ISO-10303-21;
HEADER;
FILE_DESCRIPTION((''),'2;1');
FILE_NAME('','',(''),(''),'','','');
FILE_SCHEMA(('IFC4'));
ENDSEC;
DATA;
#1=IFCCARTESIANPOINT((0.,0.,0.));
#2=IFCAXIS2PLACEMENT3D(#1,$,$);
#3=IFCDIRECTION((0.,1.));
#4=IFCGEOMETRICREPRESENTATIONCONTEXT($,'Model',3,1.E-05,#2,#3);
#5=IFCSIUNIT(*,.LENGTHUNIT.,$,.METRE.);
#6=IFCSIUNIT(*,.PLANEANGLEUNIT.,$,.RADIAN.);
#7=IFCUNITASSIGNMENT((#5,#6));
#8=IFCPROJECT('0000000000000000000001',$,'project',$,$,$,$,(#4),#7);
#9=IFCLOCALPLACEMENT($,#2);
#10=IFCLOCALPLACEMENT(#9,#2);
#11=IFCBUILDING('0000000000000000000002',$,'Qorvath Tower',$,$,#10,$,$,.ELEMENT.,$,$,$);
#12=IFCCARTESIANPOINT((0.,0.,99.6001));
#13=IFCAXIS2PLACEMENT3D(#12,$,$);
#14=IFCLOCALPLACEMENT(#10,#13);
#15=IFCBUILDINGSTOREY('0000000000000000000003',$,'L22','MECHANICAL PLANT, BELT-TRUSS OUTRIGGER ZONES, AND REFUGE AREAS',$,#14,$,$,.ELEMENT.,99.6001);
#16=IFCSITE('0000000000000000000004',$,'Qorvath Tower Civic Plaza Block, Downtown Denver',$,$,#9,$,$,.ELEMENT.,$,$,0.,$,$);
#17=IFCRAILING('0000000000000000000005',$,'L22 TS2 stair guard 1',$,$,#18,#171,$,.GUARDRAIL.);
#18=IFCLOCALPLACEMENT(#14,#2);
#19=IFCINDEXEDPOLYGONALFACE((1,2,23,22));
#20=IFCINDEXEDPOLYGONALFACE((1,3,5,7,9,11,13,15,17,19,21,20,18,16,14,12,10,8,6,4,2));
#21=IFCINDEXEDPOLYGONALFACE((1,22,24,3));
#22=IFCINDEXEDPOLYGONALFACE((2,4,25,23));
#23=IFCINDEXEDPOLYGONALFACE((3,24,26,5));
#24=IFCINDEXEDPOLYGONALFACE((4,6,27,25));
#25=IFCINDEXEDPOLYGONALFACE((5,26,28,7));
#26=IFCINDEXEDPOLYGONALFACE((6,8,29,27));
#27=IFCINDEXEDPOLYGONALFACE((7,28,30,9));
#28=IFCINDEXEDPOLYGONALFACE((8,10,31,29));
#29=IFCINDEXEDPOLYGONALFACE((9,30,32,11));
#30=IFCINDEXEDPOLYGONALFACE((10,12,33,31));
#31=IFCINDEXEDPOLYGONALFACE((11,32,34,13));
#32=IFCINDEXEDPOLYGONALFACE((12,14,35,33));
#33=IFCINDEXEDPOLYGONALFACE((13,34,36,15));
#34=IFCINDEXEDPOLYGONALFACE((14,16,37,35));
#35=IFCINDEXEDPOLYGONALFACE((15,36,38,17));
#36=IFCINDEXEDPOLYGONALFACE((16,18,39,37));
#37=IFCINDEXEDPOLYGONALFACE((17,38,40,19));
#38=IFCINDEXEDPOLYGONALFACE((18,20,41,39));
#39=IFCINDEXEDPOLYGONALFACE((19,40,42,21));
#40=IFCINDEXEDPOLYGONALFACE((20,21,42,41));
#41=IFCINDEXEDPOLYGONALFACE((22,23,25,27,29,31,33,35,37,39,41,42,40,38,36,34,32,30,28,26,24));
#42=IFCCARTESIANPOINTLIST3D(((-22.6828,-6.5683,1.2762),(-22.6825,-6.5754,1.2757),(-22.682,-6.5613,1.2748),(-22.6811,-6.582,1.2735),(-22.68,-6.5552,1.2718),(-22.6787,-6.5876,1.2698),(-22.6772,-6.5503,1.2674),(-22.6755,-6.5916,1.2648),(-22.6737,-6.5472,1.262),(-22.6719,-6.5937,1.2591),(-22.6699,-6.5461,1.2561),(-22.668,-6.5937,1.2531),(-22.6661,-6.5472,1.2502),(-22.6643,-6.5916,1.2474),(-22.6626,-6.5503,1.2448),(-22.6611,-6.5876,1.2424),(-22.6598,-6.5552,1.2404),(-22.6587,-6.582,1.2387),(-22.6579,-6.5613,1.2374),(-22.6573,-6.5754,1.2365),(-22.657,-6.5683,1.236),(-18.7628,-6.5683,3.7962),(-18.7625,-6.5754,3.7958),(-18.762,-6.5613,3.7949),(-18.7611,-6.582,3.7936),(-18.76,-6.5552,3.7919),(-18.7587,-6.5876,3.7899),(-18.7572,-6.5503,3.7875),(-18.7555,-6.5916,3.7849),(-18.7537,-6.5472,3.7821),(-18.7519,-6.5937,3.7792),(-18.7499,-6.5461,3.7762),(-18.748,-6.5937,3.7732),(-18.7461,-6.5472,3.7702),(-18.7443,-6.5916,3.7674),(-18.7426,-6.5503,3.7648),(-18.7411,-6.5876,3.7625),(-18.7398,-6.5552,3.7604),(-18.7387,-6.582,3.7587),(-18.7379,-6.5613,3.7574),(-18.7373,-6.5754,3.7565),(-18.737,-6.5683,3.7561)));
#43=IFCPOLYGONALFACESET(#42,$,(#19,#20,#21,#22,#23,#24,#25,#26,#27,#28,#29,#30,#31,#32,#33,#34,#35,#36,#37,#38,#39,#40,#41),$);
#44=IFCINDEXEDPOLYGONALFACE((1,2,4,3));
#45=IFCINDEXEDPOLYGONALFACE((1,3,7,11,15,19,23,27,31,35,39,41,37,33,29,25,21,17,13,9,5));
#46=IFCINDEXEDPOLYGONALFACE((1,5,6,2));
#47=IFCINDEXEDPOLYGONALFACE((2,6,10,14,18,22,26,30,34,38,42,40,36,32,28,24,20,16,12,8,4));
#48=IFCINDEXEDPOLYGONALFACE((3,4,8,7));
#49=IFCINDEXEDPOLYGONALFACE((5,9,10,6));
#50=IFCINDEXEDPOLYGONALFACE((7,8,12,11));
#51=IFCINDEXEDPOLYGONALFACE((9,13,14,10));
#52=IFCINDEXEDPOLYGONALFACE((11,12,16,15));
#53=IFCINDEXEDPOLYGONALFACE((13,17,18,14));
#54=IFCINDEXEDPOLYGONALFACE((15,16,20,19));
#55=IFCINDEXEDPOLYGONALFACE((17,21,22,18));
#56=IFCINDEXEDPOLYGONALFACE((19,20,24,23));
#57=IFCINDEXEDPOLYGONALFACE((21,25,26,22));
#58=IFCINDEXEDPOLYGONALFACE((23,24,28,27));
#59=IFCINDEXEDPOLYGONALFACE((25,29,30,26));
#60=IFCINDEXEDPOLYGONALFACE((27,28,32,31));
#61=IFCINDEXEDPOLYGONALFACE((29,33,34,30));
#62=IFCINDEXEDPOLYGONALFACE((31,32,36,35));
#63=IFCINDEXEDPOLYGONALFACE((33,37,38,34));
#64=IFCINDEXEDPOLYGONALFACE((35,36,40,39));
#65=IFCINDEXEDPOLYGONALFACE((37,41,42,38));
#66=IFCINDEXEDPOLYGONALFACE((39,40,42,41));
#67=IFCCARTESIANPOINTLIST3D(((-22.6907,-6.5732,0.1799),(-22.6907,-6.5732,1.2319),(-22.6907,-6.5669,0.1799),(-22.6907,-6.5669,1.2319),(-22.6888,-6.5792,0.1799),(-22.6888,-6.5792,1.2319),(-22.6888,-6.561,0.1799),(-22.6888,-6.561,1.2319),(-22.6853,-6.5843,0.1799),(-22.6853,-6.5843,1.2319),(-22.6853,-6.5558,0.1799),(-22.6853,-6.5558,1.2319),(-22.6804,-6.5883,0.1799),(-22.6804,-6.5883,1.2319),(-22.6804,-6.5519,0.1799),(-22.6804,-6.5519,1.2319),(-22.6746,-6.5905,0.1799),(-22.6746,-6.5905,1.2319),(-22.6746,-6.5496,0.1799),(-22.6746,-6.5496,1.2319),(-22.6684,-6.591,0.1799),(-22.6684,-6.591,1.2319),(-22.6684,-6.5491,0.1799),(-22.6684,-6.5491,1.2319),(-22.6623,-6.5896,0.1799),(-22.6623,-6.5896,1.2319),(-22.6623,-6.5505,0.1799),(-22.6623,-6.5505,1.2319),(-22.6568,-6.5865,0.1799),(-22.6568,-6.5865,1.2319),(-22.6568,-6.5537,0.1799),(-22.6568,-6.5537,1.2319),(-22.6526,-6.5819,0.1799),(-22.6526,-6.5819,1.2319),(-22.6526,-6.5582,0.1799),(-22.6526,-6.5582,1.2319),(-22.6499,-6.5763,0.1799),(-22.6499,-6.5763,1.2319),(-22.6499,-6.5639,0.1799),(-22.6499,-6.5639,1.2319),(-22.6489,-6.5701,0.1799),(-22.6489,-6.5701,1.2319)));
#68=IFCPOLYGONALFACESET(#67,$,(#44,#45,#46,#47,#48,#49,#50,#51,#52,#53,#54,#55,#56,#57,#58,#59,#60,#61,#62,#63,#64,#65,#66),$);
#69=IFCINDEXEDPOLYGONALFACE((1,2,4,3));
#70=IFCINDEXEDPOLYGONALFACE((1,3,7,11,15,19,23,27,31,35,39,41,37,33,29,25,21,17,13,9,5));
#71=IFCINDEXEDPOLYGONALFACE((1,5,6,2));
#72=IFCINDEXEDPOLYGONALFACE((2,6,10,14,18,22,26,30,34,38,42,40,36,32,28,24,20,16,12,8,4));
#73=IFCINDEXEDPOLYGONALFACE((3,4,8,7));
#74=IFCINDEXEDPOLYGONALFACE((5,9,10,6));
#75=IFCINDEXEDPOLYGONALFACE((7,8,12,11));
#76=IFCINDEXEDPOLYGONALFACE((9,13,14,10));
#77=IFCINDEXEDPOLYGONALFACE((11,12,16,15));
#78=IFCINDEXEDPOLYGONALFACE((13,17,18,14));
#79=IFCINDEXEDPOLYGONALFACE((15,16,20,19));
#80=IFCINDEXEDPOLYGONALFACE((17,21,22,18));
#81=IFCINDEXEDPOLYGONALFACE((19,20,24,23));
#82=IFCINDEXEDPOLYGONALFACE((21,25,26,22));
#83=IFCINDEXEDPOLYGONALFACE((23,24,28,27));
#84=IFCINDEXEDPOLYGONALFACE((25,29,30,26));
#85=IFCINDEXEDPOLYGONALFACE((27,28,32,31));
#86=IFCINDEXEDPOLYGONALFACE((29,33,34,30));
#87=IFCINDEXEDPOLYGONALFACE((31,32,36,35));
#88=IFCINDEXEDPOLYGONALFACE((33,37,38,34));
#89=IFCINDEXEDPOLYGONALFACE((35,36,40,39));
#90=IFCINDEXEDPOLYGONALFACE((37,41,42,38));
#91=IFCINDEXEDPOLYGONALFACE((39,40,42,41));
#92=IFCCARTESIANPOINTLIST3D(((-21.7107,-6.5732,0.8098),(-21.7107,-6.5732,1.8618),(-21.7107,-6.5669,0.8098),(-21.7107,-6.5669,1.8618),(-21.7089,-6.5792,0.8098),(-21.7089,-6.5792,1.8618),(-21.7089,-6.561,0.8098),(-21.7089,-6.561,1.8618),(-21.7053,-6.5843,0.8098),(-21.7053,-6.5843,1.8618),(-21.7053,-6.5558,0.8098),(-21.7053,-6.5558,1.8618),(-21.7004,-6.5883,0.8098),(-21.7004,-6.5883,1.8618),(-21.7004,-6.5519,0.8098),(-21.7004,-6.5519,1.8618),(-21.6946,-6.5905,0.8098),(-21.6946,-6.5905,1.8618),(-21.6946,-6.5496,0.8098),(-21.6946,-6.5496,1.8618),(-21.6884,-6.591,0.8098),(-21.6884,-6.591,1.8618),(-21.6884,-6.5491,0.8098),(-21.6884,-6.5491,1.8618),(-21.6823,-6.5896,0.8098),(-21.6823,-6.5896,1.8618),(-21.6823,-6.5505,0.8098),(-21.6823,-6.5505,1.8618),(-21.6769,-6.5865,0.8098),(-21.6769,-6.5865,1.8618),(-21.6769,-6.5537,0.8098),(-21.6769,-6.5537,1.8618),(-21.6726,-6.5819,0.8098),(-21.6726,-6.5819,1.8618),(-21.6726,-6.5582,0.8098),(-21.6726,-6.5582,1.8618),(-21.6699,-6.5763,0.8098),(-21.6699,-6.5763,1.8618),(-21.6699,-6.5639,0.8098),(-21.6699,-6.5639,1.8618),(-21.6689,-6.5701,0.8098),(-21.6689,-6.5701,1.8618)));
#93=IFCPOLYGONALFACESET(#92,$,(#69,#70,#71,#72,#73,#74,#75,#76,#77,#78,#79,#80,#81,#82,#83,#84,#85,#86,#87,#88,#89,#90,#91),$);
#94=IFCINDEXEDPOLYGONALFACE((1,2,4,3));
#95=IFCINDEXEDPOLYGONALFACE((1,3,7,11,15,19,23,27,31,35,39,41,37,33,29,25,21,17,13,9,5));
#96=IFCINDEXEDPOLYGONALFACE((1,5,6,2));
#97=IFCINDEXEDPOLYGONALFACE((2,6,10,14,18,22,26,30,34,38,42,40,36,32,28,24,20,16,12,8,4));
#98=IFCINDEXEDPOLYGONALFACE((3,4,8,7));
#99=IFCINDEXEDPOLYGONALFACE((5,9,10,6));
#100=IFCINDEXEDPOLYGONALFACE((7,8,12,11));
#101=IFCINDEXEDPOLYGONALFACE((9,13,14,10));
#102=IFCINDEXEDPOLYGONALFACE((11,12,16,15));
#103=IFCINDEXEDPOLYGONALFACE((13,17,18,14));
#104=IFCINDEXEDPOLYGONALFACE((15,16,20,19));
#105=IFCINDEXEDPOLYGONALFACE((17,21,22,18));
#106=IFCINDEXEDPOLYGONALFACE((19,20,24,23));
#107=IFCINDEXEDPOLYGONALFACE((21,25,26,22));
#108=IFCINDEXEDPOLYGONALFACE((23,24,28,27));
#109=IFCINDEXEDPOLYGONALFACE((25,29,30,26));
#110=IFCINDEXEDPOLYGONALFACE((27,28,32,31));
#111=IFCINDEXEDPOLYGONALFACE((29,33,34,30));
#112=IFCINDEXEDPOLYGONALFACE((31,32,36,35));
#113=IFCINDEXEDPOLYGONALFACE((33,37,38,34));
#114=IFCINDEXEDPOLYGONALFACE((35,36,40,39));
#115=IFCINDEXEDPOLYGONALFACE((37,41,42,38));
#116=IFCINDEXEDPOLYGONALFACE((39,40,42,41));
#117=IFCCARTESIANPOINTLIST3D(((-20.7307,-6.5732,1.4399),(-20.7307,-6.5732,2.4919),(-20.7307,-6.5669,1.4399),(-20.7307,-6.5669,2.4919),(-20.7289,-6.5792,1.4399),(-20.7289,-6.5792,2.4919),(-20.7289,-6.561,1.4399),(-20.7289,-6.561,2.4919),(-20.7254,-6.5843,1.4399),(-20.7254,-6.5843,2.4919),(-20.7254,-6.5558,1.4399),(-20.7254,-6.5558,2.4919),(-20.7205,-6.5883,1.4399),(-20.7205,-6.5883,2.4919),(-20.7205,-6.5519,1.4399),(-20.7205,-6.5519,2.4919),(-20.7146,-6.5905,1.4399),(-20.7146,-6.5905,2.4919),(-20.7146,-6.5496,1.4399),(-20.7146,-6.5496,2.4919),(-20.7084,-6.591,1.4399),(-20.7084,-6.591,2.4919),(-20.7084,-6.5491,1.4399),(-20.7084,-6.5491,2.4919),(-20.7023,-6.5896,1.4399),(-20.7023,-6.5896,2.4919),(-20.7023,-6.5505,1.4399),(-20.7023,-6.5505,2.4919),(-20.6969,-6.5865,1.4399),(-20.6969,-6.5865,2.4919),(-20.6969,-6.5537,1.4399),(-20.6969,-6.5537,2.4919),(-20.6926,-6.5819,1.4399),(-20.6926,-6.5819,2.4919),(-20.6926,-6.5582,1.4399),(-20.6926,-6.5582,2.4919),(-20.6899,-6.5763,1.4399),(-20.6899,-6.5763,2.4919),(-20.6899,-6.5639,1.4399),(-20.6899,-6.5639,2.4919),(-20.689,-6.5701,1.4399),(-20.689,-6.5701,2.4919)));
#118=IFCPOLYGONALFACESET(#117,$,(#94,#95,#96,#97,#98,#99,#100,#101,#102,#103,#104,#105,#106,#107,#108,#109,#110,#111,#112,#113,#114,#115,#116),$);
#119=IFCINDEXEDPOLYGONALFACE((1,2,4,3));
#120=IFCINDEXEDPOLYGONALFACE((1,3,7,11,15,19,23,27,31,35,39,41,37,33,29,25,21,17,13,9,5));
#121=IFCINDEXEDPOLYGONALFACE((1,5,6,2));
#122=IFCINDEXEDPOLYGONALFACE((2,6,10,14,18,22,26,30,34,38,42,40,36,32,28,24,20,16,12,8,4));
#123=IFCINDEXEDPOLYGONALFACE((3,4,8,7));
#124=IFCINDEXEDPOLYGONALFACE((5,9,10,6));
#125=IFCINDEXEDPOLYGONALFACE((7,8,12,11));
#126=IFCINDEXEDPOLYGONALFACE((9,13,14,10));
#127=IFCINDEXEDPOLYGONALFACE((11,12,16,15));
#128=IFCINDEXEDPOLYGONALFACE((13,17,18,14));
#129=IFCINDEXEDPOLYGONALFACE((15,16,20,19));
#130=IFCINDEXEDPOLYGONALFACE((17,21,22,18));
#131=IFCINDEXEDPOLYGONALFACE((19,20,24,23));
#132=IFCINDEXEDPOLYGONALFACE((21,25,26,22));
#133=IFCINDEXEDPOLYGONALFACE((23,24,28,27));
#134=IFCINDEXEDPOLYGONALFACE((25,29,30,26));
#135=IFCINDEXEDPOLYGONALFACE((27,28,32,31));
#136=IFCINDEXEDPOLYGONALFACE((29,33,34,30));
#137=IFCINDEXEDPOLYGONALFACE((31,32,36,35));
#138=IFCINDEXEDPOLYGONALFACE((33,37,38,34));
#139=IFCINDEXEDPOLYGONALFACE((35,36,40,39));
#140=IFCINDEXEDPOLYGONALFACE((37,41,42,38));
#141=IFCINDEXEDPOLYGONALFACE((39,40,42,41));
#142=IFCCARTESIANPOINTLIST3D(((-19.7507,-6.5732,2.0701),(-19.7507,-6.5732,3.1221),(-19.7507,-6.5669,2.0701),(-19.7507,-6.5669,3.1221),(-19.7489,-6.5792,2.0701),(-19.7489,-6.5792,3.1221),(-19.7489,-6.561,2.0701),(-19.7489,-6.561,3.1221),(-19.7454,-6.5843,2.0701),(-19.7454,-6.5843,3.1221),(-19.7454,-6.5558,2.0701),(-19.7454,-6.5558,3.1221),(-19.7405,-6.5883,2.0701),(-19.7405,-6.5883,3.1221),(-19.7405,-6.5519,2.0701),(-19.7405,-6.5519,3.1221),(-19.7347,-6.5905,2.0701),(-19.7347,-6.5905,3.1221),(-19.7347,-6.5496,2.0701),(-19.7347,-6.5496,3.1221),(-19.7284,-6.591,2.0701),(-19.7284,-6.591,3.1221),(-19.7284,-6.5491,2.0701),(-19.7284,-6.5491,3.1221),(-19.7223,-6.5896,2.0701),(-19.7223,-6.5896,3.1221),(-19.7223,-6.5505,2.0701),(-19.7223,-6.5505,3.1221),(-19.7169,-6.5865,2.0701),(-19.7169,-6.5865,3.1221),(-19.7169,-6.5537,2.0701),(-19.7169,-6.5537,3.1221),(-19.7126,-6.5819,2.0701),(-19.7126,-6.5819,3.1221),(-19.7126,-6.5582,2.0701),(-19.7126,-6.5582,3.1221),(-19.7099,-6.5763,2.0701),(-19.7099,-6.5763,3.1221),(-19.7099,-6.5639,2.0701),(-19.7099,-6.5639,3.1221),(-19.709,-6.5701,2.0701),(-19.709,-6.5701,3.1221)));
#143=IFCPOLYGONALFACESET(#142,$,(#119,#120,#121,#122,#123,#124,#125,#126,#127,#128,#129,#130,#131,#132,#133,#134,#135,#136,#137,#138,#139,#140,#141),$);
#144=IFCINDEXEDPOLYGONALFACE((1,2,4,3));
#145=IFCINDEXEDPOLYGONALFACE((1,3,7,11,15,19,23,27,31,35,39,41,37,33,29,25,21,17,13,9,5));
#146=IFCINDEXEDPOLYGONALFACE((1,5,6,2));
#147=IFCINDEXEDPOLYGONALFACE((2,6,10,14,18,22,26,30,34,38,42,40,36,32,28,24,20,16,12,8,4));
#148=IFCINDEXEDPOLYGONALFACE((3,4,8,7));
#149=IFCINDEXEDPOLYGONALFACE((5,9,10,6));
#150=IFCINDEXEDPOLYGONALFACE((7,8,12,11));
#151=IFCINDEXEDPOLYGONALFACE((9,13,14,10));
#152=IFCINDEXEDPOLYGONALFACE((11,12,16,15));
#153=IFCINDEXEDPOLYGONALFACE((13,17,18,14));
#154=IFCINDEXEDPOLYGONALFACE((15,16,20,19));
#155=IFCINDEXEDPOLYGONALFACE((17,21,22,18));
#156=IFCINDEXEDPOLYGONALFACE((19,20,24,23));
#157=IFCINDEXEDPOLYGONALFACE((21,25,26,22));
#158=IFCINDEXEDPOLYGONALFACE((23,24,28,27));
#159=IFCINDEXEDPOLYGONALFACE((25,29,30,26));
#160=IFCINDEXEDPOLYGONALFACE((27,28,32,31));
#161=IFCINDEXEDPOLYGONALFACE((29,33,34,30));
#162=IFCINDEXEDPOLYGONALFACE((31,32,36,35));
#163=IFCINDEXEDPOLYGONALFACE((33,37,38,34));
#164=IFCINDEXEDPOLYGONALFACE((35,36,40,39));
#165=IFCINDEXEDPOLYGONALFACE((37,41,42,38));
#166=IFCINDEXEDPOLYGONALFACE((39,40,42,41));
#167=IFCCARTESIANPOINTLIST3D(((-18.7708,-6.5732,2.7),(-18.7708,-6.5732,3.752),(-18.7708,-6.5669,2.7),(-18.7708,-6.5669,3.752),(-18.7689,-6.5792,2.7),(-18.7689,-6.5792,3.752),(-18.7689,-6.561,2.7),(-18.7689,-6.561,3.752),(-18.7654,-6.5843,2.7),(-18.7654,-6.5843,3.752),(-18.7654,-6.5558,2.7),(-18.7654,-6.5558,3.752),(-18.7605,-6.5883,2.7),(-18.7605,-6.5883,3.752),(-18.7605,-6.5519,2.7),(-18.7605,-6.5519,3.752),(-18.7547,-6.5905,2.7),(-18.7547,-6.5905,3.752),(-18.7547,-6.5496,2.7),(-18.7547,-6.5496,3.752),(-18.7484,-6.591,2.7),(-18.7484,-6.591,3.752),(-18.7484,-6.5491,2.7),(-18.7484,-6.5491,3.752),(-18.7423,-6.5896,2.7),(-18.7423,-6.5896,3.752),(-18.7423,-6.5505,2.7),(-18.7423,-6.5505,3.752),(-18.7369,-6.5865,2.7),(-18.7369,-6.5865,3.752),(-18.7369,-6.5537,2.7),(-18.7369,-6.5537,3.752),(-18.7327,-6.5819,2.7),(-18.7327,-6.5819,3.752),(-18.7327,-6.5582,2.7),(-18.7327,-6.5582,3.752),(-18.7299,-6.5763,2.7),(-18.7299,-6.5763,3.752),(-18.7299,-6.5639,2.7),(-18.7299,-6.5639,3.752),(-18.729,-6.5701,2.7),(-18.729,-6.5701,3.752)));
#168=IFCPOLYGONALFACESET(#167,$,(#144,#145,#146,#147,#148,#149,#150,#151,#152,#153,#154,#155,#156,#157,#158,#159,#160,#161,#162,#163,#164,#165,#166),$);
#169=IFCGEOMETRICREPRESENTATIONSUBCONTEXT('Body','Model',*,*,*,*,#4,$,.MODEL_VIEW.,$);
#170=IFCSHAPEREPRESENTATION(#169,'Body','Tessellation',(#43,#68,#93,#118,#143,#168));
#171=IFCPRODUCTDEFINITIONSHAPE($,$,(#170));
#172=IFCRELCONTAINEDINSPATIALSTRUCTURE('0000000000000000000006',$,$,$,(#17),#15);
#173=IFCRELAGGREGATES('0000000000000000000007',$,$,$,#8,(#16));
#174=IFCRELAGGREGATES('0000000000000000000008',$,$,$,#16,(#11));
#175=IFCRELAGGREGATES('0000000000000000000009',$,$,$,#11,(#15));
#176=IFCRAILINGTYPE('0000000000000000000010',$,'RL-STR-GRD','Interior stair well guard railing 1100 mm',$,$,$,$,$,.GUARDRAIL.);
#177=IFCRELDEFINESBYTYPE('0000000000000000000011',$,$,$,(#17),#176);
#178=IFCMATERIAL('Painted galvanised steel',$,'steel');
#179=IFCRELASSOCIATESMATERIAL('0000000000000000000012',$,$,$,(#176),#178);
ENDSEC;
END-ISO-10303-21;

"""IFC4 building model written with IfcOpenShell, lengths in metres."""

from ifc_helpers import new_model, si_unit, direction, frame, origin, origin_2d, place, context, subcontext, project, spatial, circle, extrude, material, type_object, element, save


model = new_model("IFC4")

# Units and contexts
model_context = context("Model", 3, precision=1e-05, world=origin(), true_north=direction((0.0, 1.0)))
body_context = subcontext(model_context, "Body", "Model", "MODEL_VIEW")
ifc_project = project(units=[si_unit("LENGTHUNIT", "METRE"), si_unit("PLANEANGLEUNIT", "RADIAN")], contexts=[model_context])

# Site, building, storey
site_placement = place(None, origin())
site = spatial("IfcSite", under=ifc_project, at=site_placement, Name="Qorvath Tower Civic Plaza Block, Downtown Denver", CompositionType="ELEMENT", RefElevation=0.0)
building_placement = place(site_placement, origin())
building = spatial("IfcBuilding", under=site, at=building_placement, Name="Qorvath Tower", CompositionType="ELEMENT")
storey_placement = place(building_placement, frame((0.0, 0.0, 99.6001)))
storey = spatial("IfcBuildingStorey", under=building, at=storey_placement, Name="L22", Description="MECHANICAL PLANT, BELT-TRUSS OUTRIGGER ZONES, AND REFUGE AREAS", CompositionType="ELEMENT", Elevation=99.6001)

# Railing
ifc_material_1 = material(Name="Painted galvanised steel", Category="steel")
railing_type_1 = type_object("IfcRailingType", Name="RL-STR-GRD", Description="Interior stair well guard railing 1100 mm", PredefinedType="GUARDRAIL", material=ifc_material_1)
railing_1_placement = place(storey_placement, frame((-22.6699, -6.5701, 0.1799)))
element("IfcRailing", 1, at=railing_1_placement, inside=storey, type_object=railing_type_1, Name="L22 TS2 stair guard 1", PredefinedType="GUARDRAIL", context=body_context, shape_type="SweptSolid", body=[
    extrude(circle(Radius=0.0239, at=origin_2d()), frame((0.0, 0.0, 1.0762), z_axis=(0.841172, 0.0, 0.540768), x_axis=(0.0, 1.0, 0.0)), (0.0, 0.0, 1.0), 4.6602),
    extrude(circle(Radius=0.021, at=origin_2d()), origin(), (0.0, 0.0, 1.0), 1.052),
    extrude(circle(Radius=0.021, at=origin_2d()), frame((0.98, 0.0, 0.6299)), (0.0, 0.0, 1.0), 1.052),
    extrude(circle(Radius=0.021, at=origin_2d()), frame((1.96, 0.0, 1.26)), (0.0, 0.0, 1.0), 1.052),
    extrude(circle(Radius=0.021, at=origin_2d()), frame((2.9399, 0.0, 1.8901)), (0.0, 0.0, 1.0), 1.052),
    extrude(circle(Radius=0.021, at=origin_2d()), frame((3.9199, 0.0, 2.52)), (0.0, 0.0, 1.0), 1.052),
])

save(model, "model.ifc")
